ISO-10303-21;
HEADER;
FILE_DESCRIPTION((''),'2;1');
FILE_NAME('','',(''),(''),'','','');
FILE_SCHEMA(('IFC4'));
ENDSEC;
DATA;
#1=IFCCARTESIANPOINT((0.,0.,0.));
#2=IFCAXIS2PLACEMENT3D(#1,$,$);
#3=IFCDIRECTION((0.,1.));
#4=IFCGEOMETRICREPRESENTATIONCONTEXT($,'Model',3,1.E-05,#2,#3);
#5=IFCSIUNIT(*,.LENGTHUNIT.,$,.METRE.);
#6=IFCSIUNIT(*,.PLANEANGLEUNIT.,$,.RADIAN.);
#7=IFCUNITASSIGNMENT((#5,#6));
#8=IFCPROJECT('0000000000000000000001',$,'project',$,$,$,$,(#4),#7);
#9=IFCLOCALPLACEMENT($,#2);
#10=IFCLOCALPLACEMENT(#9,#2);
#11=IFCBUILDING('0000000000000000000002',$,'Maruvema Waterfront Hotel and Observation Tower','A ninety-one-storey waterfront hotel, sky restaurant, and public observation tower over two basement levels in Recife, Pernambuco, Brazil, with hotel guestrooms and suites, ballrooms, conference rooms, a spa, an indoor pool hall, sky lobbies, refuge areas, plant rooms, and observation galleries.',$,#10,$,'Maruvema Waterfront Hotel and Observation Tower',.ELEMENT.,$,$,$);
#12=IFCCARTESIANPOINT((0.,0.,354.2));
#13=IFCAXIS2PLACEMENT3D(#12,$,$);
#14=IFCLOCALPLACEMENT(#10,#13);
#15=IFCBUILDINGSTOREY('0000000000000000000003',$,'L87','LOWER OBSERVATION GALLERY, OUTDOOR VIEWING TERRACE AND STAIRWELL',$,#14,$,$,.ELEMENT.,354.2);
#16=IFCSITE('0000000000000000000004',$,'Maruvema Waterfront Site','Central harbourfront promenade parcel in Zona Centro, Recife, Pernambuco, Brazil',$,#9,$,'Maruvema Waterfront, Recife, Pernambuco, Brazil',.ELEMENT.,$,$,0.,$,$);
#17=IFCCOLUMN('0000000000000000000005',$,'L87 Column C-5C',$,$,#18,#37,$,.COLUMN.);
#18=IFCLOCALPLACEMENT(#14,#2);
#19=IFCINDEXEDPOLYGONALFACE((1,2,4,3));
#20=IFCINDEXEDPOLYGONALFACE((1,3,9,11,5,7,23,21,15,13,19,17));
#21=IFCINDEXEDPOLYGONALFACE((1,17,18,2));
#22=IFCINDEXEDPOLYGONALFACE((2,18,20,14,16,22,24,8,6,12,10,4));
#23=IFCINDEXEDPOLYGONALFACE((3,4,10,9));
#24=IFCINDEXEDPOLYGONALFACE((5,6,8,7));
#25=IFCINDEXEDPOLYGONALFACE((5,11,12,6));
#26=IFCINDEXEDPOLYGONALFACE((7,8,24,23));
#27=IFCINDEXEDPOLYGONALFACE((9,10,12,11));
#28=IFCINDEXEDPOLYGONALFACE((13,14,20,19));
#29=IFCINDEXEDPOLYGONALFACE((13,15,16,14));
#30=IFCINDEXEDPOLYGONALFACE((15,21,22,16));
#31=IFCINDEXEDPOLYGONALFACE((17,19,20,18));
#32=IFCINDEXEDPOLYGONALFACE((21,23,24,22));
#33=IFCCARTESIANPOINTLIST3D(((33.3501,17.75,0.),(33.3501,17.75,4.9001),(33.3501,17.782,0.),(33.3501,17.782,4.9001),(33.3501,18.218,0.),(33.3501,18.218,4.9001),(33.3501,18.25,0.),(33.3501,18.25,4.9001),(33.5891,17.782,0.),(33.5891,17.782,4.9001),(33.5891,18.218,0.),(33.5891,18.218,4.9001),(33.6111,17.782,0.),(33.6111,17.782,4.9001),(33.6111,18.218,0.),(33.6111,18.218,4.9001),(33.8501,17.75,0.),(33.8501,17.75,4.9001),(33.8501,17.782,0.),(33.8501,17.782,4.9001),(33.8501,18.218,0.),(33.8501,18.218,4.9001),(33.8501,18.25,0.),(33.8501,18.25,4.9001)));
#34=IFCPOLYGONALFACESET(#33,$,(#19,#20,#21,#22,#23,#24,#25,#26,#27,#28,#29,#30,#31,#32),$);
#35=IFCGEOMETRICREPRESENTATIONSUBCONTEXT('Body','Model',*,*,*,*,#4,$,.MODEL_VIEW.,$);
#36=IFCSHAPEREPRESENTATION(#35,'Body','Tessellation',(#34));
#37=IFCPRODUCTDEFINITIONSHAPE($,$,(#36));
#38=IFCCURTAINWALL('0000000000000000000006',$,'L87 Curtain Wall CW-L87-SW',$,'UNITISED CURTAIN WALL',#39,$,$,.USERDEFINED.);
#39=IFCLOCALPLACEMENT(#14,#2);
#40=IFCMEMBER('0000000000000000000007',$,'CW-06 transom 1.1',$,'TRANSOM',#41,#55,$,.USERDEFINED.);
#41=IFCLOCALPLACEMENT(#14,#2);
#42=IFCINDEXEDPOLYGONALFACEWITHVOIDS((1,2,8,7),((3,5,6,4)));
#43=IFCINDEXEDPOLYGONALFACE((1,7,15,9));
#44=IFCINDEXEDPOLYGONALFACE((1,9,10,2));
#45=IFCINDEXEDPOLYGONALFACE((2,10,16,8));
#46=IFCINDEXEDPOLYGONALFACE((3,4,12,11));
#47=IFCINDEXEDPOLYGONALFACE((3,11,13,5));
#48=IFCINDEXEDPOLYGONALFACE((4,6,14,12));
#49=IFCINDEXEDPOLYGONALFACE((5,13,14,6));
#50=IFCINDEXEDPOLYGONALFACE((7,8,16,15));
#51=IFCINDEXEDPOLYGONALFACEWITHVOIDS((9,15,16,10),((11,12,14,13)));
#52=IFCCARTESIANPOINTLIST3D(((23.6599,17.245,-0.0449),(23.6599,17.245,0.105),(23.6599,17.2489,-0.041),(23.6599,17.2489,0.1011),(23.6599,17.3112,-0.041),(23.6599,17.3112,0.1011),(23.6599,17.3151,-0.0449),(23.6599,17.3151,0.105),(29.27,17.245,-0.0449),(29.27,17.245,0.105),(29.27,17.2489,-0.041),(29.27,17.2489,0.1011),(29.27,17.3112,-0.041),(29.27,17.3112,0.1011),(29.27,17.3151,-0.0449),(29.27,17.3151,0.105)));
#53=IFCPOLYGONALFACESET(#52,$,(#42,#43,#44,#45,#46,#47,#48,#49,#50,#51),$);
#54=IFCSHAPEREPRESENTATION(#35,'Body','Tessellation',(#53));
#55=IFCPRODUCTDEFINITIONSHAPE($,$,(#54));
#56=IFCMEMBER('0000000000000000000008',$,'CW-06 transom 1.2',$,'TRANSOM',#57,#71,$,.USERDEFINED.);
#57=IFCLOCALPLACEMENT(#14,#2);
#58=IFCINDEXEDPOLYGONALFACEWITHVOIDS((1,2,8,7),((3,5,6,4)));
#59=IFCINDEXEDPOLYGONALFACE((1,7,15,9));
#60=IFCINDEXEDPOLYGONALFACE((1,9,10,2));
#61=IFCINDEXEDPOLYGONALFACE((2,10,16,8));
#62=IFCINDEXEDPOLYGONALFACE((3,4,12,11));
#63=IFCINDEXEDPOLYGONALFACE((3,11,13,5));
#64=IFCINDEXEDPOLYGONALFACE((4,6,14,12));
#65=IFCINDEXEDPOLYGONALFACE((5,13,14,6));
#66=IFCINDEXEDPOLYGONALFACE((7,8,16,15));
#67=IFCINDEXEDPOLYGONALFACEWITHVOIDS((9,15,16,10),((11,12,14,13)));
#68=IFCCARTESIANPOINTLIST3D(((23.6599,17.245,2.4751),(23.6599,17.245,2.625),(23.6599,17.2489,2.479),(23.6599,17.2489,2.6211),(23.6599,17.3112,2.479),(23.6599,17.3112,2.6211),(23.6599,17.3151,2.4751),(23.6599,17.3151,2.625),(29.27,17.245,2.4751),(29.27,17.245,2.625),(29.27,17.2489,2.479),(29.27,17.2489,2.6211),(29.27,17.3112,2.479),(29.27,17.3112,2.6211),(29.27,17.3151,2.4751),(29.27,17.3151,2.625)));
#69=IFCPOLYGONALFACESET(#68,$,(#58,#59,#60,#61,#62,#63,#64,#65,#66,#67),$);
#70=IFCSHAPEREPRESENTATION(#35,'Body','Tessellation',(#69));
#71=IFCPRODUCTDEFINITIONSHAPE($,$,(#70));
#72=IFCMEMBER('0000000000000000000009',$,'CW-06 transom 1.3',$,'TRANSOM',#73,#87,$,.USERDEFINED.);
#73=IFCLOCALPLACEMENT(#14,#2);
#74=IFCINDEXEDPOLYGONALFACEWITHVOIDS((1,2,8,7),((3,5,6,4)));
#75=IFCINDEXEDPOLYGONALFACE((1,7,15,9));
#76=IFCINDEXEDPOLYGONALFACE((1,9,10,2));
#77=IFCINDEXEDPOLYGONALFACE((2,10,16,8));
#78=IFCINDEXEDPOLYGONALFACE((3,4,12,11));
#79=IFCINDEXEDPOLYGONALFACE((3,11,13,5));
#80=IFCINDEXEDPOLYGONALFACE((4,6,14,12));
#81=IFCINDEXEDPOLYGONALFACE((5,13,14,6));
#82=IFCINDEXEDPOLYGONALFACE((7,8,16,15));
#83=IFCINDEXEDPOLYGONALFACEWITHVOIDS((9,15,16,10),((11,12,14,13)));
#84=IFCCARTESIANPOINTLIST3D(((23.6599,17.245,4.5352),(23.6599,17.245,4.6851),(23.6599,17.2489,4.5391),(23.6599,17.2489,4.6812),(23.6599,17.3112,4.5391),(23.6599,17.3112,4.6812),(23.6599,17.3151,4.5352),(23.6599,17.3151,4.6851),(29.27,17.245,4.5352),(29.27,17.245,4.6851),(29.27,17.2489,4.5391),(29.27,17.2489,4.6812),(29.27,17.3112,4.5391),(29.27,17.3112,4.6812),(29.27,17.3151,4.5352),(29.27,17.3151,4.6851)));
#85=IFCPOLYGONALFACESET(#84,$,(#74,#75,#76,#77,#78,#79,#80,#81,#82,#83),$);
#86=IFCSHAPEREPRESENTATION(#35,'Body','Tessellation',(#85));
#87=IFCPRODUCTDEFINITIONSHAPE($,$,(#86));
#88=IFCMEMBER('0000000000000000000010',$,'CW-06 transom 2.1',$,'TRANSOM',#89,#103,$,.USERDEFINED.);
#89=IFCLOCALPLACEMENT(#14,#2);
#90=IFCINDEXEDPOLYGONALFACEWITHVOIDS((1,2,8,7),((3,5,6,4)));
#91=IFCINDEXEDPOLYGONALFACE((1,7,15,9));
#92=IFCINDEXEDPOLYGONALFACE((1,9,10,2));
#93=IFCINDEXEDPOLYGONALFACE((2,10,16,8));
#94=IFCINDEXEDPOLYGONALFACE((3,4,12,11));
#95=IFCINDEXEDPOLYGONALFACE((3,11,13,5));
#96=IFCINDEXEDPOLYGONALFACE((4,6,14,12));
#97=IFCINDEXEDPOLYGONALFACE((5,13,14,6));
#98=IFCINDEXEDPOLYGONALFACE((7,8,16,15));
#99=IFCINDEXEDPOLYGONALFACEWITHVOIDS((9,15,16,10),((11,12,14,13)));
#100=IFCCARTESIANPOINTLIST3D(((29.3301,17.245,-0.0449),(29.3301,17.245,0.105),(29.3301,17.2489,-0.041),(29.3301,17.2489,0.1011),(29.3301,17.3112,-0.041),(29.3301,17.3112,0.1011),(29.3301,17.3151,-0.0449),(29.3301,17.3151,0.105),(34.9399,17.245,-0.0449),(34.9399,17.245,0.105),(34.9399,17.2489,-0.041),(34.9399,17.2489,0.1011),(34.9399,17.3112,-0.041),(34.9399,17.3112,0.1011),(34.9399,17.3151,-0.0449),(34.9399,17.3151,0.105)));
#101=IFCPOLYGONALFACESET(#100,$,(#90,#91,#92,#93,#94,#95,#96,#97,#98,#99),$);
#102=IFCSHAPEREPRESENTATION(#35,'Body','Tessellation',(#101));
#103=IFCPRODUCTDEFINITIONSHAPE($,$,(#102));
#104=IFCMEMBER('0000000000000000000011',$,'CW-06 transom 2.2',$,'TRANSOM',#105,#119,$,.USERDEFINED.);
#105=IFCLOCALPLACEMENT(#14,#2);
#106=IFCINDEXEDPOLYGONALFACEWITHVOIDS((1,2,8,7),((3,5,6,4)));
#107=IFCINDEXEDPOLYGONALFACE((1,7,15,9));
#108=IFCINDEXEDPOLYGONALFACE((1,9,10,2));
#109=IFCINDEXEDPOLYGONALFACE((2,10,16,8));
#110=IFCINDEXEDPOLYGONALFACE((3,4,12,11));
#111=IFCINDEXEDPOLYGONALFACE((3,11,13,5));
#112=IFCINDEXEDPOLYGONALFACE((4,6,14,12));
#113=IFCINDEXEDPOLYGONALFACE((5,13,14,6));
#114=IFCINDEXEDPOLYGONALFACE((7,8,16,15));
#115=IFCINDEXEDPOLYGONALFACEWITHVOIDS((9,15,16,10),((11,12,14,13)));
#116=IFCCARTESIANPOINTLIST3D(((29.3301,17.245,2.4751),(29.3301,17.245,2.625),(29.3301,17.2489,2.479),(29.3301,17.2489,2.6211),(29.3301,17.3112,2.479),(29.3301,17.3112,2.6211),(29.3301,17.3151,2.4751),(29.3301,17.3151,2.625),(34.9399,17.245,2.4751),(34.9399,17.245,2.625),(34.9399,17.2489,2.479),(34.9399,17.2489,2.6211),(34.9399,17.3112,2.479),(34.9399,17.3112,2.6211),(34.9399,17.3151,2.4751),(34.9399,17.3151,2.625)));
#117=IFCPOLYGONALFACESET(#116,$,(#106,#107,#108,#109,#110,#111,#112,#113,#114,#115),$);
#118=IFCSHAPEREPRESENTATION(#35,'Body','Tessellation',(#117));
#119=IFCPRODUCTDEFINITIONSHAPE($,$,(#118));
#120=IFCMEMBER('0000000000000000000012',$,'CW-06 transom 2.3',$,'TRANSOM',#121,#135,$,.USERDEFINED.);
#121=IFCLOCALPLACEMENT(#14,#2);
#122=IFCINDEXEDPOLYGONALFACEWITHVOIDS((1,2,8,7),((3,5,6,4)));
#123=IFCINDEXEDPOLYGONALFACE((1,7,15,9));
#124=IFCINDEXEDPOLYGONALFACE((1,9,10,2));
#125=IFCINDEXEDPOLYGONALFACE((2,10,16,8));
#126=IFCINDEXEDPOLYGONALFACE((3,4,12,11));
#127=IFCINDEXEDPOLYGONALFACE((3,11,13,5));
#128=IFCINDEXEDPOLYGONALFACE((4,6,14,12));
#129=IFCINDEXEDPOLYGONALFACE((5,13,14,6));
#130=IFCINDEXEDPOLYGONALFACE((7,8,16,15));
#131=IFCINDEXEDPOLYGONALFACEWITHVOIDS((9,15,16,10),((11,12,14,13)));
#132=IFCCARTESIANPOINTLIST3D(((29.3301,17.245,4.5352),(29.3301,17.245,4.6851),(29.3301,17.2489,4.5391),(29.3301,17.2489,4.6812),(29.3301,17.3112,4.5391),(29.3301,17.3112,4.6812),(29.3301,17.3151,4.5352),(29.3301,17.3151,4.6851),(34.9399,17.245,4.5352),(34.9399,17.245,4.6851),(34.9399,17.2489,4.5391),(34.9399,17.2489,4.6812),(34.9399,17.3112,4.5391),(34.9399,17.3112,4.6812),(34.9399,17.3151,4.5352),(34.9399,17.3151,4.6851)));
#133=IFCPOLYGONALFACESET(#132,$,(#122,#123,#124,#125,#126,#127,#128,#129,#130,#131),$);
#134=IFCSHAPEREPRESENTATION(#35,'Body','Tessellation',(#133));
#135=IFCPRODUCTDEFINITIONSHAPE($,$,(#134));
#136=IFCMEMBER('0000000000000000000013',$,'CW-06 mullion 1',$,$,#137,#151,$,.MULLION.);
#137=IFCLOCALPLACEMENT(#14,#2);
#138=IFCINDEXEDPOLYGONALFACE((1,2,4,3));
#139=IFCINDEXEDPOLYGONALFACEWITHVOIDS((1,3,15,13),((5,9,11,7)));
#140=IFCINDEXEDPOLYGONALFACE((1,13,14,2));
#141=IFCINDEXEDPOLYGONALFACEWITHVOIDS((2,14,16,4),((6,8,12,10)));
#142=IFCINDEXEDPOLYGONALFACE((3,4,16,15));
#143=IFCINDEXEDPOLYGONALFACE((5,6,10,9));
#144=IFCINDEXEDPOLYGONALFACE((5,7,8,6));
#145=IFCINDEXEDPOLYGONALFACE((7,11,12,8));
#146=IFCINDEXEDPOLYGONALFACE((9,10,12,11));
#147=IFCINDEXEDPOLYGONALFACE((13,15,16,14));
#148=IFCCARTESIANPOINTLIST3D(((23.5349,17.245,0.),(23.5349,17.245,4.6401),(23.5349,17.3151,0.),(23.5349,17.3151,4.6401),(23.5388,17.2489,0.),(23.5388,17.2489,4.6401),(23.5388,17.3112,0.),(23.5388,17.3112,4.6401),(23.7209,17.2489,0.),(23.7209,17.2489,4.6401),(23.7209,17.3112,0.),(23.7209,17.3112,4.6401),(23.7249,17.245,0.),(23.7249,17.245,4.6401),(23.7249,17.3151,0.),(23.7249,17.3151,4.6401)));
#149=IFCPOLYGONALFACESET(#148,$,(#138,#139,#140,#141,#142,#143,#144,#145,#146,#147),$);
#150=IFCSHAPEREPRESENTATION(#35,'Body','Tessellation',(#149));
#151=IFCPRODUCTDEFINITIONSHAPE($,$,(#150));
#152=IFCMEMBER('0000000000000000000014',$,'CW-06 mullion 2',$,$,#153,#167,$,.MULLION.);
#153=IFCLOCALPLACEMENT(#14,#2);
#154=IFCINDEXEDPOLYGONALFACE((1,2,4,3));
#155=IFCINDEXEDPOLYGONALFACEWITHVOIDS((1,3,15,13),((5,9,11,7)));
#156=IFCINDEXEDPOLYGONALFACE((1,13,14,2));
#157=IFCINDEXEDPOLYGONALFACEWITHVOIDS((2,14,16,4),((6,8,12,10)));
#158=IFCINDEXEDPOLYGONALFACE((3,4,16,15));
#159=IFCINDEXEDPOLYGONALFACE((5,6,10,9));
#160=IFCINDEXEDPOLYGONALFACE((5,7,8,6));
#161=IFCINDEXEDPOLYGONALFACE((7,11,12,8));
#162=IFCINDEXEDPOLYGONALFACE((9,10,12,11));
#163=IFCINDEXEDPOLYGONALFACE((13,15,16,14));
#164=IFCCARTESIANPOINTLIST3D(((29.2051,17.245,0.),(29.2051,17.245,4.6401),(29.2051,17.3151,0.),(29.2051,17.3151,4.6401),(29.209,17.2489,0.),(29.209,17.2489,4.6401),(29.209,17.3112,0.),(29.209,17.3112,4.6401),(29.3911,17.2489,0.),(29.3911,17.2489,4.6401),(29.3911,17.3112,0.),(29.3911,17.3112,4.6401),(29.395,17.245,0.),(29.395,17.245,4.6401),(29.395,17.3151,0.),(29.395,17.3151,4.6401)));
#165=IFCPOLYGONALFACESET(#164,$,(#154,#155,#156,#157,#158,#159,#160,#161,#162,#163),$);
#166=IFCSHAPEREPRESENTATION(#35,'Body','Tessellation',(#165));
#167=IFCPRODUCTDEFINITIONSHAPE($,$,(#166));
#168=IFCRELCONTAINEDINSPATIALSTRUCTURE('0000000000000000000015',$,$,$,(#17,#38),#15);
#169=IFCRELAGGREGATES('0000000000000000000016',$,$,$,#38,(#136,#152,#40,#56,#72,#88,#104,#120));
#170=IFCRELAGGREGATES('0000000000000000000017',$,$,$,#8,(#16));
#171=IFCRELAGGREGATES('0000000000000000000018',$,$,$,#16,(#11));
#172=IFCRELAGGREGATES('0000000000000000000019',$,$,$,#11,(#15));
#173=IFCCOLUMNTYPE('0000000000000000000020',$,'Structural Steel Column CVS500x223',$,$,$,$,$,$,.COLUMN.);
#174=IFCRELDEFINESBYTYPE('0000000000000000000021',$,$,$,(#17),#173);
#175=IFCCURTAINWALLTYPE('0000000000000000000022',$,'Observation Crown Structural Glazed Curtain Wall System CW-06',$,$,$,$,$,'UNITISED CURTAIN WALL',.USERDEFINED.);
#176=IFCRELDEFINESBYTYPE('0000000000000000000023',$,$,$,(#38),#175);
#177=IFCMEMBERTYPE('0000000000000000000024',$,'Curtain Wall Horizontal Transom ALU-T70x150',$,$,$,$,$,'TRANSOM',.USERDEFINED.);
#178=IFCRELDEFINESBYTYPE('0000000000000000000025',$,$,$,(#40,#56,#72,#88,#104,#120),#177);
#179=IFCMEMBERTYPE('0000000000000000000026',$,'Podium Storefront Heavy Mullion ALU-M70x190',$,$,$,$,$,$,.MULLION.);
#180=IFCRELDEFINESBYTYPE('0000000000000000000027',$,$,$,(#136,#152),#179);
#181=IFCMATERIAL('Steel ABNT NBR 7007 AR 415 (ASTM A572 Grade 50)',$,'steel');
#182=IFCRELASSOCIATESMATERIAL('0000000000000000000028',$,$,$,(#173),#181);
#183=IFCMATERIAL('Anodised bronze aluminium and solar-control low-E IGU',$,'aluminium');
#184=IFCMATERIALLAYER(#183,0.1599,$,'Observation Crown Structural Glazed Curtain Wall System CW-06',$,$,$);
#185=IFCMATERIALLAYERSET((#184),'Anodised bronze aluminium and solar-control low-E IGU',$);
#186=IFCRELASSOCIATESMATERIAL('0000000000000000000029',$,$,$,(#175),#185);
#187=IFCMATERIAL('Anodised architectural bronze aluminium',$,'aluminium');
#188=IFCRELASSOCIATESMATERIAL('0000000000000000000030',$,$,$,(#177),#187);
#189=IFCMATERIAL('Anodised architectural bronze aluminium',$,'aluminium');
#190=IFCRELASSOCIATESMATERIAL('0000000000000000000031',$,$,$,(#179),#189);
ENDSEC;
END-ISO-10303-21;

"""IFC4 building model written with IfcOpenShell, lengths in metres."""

from ifc_helpers import new_model, si_unit, direction, frame, origin, origin_2d, place, context, subcontext, project, spatial, hollow_rectangle, i_section, extrude, material, layer, layer_set, material_profile, profile_set, type_object, element, aggregate, save


model = new_model("IFC4")

# Units and contexts
model_context = context("Model", 3, precision=1e-05, world=origin(), true_north=direction((0.0, 1.0)))
body_context = subcontext(model_context, "Body", "Model", "MODEL_VIEW")
ifc_project = project(units=[si_unit("LENGTHUNIT", "METRE"), si_unit("PLANEANGLEUNIT", "RADIAN")], contexts=[model_context])

# Site, building, storey
site_placement = place(None, origin())
site = spatial("IfcSite", under=ifc_project, at=site_placement, Name="Maruvema Waterfront Site", Description="Central harbourfront promenade parcel in Zona Centro, Recife, Pernambuco, Brazil", LongName="Maruvema Waterfront, Recife, Pernambuco, Brazil", CompositionType="ELEMENT", RefElevation=0.0)
building_placement = place(site_placement, origin())
building = spatial("IfcBuilding", under=site, at=building_placement, Name="Maruvema Waterfront Hotel and Observation Tower", Description="A ninety-one-storey waterfront hotel, sky restaurant, and public observation tower over two basement levels in Recife, Pernambuco, Brazil, with hotel guestrooms and suites, ballrooms, conference rooms, a spa, an indoor pool hall, sky lobbies, refuge areas, plant rooms, and observation galleries.", LongName="Maruvema Waterfront Hotel and Observation Tower", CompositionType="ELEMENT")
storey_placement = place(building_placement, frame((0.0, 0.0, 354.2)))
storey = spatial("IfcBuildingStorey", under=building, at=storey_placement, Name="L87", Description="LOWER OBSERVATION GALLERY, OUTDOOR VIEWING TERRACE AND STAIRWELL", CompositionType="ELEMENT", Elevation=354.2)

# Column
ifc_material_1 = material(Name="Steel ABNT NBR 7007 AR 415 (ASTM A572 Grade 50)", Category="steel")
ifc_material_profile_1 = material_profile(ifc_material_1, i_section(OverallWidth=0.5, OverallDepth=0.5, WebThickness=0.022, FlangeThickness=0.032, at=origin_2d()), Name="CVS500x223")
ifc_profile_set_1 = profile_set([ifc_material_profile_1], Name="Steel ABNT NBR 7007 AR 415 (ASTM A572 Grade 50)")
column_type = type_object("IfcColumnType", Name="Structural Steel Column CVS500x223", PredefinedType="COLUMN", material=ifc_profile_set_1)
column_placement = place(storey_placement, frame((33.6001, 18.0, 0.0), z_axis=(0.0, 0.0, 1.0), x_axis=(1.0, 0.0, 0.0)))
element("IfcColumn", 1, at=column_placement, inside=storey, type_object=column_type, Name="L87 Column C-5C", PredefinedType="COLUMN", context=body_context, shape_type="SweptSolid", body=[
    extrude(i_section(OverallWidth=0.5, OverallDepth=0.5, WebThickness=0.022, FlangeThickness=0.032, at=origin_2d()), origin(), (0.0, 0.0, 1.0), 4.9001),
])

# Curtain wall, members
ifc_material_2 = material(Name="Anodised bronze aluminium and solar-control low-E IGU", Category="aluminium")
ifc_layer_1 = layer(ifc_material_2, 0.1599, Name="Observation Crown Structural Glazed Curtain Wall System CW-06")
ifc_layer_set_1 = layer_set([ifc_layer_1], Name="Anodised bronze aluminium and solar-control low-E IGU")
curtain_wall_type = type_object("IfcCurtainWallType", Name="Observation Crown Structural Glazed Curtain Wall System CW-06", ElementType="UNITISED CURTAIN WALL", PredefinedType="USERDEFINED", material=ifc_layer_set_1)
curtain_wall_placement = place(storey_placement, origin())
curtain_wall = element("IfcCurtainWall", 2, at=curtain_wall_placement, inside=storey, type_object=curtain_wall_type, Name="L87 Curtain Wall CW-L87-SW", ObjectType="UNITISED CURTAIN WALL", PredefinedType="USERDEFINED")
ifc_material_3 = material(Name="Anodised architectural bronze aluminium", Category="aluminium")
ifc_material_profile_2 = material_profile(ifc_material_3, hollow_rectangle(XDim=0.0701, YDim=0.1499, WallThickness=0.0039, at=origin_2d()), Name="ALU-T70x150")
ifc_profile_set_2 = profile_set([ifc_material_profile_2], Name="Anodised architectural bronze aluminium")
member_type_1 = type_object("IfcMemberType", Name="Curtain Wall Horizontal Transom ALU-T70x150", ElementType="TRANSOM", PredefinedType="USERDEFINED", material=ifc_profile_set_2)
member_1_placement = place(storey_placement, frame((23.6599, 17.28, 0.03), z_axis=(1.0, 0.0, 0.0), x_axis=(0.0, 1.0, 0.0)))
member_1 = element("IfcMember", 3, at=member_1_placement, type_object=member_type_1, Name="CW-06 transom 1.1", ObjectType="TRANSOM", PredefinedType="USERDEFINED", context=body_context, shape_type="SweptSolid", body=[
    extrude(hollow_rectangle(XDim=0.0701, YDim=0.1499, WallThickness=0.0039, at=origin_2d()), origin(), (0.0, 0.0, 1.0), 5.6101),
])
member_2_placement = place(storey_placement, frame((23.6599, 17.28, 2.55), z_axis=(1.0, 0.0, 0.0), x_axis=(0.0, 1.0, 0.0)))
member_2 = element("IfcMember", 4, at=member_2_placement, type_object=member_type_1, Name="CW-06 transom 1.2", ObjectType="TRANSOM", PredefinedType="USERDEFINED", context=body_context, shape_type="SweptSolid", body=[
    extrude(hollow_rectangle(XDim=0.0701, YDim=0.1499, WallThickness=0.0039, at=origin_2d()), origin(), (0.0, 0.0, 1.0), 5.6101),
])
member_3_placement = place(storey_placement, frame((23.6599, 17.28, 4.6101), z_axis=(1.0, 0.0, 0.0), x_axis=(0.0, 1.0, 0.0)))
member_3 = element("IfcMember", 5, at=member_3_placement, type_object=member_type_1, Name="CW-06 transom 1.3", ObjectType="TRANSOM", PredefinedType="USERDEFINED", context=body_context, shape_type="SweptSolid", body=[
    extrude(hollow_rectangle(XDim=0.0701, YDim=0.1499, WallThickness=0.0039, at=origin_2d()), origin(), (0.0, 0.0, 1.0), 5.6101),
])
member_4_placement = place(storey_placement, frame((29.3301, 17.28, 0.03), z_axis=(1.0, 0.0, 0.0), x_axis=(0.0, 1.0, 0.0)))
member_4 = element("IfcMember", 6, at=member_4_placement, type_object=member_type_1, Name="CW-06 transom 2.1", ObjectType="TRANSOM", PredefinedType="USERDEFINED", context=body_context, shape_type="SweptSolid", body=[
    extrude(hollow_rectangle(XDim=0.0701, YDim=0.1499, WallThickness=0.0039, at=origin_2d()), origin(), (0.0, 0.0, 1.0), 5.6099),
])
member_5_placement = place(storey_placement, frame((29.3301, 17.28, 2.55), z_axis=(1.0, 0.0, 0.0), x_axis=(0.0, 1.0, 0.0)))
member_5 = element("IfcMember", 7, at=member_5_placement, type_object=member_type_1, Name="CW-06 transom 2.2", ObjectType="TRANSOM", PredefinedType="USERDEFINED", context=body_context, shape_type="SweptSolid", body=[
    extrude(hollow_rectangle(XDim=0.0701, YDim=0.1499, WallThickness=0.0039, at=origin_2d()), origin(), (0.0, 0.0, 1.0), 5.6099),
])
member_6_placement = place(storey_placement, frame((29.3301, 17.28, 4.6101), z_axis=(1.0, 0.0, 0.0), x_axis=(0.0, 1.0, 0.0)))
member_6 = element("IfcMember", 8, at=member_6_placement, type_object=member_type_1, Name="CW-06 transom 2.3", ObjectType="TRANSOM", PredefinedType="USERDEFINED", context=body_context, shape_type="SweptSolid", body=[
    extrude(hollow_rectangle(XDim=0.0701, YDim=0.1499, WallThickness=0.0039, at=origin_2d()), origin(), (0.0, 0.0, 1.0), 5.6099),
])
ifc_material_4 = material(Name="Anodised architectural bronze aluminium", Category="aluminium")
ifc_material_profile_3 = material_profile(ifc_material_4, hollow_rectangle(XDim=0.0701, YDim=0.1899, WallThickness=0.0039, at=origin_2d()), Name="ALU-M70x190")
ifc_profile_set_3 = profile_set([ifc_material_profile_3], Name="Anodised architectural bronze aluminium")
member_type_2 = type_object("IfcMemberType", Name="Podium Storefront Heavy Mullion ALU-M70x190", PredefinedType="MULLION", material=ifc_profile_set_3)
member_7_placement = place(storey_placement, frame((23.6299, 17.28, 0.0), z_axis=(0.0, 0.0, 1.0), x_axis=(0.0, 1.0, 0.0)))
member_7 = element("IfcMember", 9, at=member_7_placement, type_object=member_type_2, Name="CW-06 mullion 1", PredefinedType="MULLION", context=body_context, shape_type="SweptSolid", body=[
    extrude(hollow_rectangle(XDim=0.0701, YDim=0.1899, WallThickness=0.0039, at=origin_2d()), origin(), (0.0, 0.0, 1.0), 4.6401),
])
member_8_placement = place(storey_placement, frame((29.3, 17.28, 0.0), z_axis=(0.0, 0.0, 1.0), x_axis=(0.0, 1.0, 0.0)))
member_8 = element("IfcMember", 10, at=member_8_placement, type_object=member_type_2, Name="CW-06 mullion 2", PredefinedType="MULLION", context=body_context, shape_type="SweptSolid", body=[
    extrude(hollow_rectangle(XDim=0.0701, YDim=0.1899, WallThickness=0.0039, at=origin_2d()), origin(), (0.0, 0.0, 1.0), 4.6401),
])

aggregate(curtain_wall, [member_7, member_8, member_1, member_2, member_3, member_4, member_5, member_6])

save(model, "model.ifc")
